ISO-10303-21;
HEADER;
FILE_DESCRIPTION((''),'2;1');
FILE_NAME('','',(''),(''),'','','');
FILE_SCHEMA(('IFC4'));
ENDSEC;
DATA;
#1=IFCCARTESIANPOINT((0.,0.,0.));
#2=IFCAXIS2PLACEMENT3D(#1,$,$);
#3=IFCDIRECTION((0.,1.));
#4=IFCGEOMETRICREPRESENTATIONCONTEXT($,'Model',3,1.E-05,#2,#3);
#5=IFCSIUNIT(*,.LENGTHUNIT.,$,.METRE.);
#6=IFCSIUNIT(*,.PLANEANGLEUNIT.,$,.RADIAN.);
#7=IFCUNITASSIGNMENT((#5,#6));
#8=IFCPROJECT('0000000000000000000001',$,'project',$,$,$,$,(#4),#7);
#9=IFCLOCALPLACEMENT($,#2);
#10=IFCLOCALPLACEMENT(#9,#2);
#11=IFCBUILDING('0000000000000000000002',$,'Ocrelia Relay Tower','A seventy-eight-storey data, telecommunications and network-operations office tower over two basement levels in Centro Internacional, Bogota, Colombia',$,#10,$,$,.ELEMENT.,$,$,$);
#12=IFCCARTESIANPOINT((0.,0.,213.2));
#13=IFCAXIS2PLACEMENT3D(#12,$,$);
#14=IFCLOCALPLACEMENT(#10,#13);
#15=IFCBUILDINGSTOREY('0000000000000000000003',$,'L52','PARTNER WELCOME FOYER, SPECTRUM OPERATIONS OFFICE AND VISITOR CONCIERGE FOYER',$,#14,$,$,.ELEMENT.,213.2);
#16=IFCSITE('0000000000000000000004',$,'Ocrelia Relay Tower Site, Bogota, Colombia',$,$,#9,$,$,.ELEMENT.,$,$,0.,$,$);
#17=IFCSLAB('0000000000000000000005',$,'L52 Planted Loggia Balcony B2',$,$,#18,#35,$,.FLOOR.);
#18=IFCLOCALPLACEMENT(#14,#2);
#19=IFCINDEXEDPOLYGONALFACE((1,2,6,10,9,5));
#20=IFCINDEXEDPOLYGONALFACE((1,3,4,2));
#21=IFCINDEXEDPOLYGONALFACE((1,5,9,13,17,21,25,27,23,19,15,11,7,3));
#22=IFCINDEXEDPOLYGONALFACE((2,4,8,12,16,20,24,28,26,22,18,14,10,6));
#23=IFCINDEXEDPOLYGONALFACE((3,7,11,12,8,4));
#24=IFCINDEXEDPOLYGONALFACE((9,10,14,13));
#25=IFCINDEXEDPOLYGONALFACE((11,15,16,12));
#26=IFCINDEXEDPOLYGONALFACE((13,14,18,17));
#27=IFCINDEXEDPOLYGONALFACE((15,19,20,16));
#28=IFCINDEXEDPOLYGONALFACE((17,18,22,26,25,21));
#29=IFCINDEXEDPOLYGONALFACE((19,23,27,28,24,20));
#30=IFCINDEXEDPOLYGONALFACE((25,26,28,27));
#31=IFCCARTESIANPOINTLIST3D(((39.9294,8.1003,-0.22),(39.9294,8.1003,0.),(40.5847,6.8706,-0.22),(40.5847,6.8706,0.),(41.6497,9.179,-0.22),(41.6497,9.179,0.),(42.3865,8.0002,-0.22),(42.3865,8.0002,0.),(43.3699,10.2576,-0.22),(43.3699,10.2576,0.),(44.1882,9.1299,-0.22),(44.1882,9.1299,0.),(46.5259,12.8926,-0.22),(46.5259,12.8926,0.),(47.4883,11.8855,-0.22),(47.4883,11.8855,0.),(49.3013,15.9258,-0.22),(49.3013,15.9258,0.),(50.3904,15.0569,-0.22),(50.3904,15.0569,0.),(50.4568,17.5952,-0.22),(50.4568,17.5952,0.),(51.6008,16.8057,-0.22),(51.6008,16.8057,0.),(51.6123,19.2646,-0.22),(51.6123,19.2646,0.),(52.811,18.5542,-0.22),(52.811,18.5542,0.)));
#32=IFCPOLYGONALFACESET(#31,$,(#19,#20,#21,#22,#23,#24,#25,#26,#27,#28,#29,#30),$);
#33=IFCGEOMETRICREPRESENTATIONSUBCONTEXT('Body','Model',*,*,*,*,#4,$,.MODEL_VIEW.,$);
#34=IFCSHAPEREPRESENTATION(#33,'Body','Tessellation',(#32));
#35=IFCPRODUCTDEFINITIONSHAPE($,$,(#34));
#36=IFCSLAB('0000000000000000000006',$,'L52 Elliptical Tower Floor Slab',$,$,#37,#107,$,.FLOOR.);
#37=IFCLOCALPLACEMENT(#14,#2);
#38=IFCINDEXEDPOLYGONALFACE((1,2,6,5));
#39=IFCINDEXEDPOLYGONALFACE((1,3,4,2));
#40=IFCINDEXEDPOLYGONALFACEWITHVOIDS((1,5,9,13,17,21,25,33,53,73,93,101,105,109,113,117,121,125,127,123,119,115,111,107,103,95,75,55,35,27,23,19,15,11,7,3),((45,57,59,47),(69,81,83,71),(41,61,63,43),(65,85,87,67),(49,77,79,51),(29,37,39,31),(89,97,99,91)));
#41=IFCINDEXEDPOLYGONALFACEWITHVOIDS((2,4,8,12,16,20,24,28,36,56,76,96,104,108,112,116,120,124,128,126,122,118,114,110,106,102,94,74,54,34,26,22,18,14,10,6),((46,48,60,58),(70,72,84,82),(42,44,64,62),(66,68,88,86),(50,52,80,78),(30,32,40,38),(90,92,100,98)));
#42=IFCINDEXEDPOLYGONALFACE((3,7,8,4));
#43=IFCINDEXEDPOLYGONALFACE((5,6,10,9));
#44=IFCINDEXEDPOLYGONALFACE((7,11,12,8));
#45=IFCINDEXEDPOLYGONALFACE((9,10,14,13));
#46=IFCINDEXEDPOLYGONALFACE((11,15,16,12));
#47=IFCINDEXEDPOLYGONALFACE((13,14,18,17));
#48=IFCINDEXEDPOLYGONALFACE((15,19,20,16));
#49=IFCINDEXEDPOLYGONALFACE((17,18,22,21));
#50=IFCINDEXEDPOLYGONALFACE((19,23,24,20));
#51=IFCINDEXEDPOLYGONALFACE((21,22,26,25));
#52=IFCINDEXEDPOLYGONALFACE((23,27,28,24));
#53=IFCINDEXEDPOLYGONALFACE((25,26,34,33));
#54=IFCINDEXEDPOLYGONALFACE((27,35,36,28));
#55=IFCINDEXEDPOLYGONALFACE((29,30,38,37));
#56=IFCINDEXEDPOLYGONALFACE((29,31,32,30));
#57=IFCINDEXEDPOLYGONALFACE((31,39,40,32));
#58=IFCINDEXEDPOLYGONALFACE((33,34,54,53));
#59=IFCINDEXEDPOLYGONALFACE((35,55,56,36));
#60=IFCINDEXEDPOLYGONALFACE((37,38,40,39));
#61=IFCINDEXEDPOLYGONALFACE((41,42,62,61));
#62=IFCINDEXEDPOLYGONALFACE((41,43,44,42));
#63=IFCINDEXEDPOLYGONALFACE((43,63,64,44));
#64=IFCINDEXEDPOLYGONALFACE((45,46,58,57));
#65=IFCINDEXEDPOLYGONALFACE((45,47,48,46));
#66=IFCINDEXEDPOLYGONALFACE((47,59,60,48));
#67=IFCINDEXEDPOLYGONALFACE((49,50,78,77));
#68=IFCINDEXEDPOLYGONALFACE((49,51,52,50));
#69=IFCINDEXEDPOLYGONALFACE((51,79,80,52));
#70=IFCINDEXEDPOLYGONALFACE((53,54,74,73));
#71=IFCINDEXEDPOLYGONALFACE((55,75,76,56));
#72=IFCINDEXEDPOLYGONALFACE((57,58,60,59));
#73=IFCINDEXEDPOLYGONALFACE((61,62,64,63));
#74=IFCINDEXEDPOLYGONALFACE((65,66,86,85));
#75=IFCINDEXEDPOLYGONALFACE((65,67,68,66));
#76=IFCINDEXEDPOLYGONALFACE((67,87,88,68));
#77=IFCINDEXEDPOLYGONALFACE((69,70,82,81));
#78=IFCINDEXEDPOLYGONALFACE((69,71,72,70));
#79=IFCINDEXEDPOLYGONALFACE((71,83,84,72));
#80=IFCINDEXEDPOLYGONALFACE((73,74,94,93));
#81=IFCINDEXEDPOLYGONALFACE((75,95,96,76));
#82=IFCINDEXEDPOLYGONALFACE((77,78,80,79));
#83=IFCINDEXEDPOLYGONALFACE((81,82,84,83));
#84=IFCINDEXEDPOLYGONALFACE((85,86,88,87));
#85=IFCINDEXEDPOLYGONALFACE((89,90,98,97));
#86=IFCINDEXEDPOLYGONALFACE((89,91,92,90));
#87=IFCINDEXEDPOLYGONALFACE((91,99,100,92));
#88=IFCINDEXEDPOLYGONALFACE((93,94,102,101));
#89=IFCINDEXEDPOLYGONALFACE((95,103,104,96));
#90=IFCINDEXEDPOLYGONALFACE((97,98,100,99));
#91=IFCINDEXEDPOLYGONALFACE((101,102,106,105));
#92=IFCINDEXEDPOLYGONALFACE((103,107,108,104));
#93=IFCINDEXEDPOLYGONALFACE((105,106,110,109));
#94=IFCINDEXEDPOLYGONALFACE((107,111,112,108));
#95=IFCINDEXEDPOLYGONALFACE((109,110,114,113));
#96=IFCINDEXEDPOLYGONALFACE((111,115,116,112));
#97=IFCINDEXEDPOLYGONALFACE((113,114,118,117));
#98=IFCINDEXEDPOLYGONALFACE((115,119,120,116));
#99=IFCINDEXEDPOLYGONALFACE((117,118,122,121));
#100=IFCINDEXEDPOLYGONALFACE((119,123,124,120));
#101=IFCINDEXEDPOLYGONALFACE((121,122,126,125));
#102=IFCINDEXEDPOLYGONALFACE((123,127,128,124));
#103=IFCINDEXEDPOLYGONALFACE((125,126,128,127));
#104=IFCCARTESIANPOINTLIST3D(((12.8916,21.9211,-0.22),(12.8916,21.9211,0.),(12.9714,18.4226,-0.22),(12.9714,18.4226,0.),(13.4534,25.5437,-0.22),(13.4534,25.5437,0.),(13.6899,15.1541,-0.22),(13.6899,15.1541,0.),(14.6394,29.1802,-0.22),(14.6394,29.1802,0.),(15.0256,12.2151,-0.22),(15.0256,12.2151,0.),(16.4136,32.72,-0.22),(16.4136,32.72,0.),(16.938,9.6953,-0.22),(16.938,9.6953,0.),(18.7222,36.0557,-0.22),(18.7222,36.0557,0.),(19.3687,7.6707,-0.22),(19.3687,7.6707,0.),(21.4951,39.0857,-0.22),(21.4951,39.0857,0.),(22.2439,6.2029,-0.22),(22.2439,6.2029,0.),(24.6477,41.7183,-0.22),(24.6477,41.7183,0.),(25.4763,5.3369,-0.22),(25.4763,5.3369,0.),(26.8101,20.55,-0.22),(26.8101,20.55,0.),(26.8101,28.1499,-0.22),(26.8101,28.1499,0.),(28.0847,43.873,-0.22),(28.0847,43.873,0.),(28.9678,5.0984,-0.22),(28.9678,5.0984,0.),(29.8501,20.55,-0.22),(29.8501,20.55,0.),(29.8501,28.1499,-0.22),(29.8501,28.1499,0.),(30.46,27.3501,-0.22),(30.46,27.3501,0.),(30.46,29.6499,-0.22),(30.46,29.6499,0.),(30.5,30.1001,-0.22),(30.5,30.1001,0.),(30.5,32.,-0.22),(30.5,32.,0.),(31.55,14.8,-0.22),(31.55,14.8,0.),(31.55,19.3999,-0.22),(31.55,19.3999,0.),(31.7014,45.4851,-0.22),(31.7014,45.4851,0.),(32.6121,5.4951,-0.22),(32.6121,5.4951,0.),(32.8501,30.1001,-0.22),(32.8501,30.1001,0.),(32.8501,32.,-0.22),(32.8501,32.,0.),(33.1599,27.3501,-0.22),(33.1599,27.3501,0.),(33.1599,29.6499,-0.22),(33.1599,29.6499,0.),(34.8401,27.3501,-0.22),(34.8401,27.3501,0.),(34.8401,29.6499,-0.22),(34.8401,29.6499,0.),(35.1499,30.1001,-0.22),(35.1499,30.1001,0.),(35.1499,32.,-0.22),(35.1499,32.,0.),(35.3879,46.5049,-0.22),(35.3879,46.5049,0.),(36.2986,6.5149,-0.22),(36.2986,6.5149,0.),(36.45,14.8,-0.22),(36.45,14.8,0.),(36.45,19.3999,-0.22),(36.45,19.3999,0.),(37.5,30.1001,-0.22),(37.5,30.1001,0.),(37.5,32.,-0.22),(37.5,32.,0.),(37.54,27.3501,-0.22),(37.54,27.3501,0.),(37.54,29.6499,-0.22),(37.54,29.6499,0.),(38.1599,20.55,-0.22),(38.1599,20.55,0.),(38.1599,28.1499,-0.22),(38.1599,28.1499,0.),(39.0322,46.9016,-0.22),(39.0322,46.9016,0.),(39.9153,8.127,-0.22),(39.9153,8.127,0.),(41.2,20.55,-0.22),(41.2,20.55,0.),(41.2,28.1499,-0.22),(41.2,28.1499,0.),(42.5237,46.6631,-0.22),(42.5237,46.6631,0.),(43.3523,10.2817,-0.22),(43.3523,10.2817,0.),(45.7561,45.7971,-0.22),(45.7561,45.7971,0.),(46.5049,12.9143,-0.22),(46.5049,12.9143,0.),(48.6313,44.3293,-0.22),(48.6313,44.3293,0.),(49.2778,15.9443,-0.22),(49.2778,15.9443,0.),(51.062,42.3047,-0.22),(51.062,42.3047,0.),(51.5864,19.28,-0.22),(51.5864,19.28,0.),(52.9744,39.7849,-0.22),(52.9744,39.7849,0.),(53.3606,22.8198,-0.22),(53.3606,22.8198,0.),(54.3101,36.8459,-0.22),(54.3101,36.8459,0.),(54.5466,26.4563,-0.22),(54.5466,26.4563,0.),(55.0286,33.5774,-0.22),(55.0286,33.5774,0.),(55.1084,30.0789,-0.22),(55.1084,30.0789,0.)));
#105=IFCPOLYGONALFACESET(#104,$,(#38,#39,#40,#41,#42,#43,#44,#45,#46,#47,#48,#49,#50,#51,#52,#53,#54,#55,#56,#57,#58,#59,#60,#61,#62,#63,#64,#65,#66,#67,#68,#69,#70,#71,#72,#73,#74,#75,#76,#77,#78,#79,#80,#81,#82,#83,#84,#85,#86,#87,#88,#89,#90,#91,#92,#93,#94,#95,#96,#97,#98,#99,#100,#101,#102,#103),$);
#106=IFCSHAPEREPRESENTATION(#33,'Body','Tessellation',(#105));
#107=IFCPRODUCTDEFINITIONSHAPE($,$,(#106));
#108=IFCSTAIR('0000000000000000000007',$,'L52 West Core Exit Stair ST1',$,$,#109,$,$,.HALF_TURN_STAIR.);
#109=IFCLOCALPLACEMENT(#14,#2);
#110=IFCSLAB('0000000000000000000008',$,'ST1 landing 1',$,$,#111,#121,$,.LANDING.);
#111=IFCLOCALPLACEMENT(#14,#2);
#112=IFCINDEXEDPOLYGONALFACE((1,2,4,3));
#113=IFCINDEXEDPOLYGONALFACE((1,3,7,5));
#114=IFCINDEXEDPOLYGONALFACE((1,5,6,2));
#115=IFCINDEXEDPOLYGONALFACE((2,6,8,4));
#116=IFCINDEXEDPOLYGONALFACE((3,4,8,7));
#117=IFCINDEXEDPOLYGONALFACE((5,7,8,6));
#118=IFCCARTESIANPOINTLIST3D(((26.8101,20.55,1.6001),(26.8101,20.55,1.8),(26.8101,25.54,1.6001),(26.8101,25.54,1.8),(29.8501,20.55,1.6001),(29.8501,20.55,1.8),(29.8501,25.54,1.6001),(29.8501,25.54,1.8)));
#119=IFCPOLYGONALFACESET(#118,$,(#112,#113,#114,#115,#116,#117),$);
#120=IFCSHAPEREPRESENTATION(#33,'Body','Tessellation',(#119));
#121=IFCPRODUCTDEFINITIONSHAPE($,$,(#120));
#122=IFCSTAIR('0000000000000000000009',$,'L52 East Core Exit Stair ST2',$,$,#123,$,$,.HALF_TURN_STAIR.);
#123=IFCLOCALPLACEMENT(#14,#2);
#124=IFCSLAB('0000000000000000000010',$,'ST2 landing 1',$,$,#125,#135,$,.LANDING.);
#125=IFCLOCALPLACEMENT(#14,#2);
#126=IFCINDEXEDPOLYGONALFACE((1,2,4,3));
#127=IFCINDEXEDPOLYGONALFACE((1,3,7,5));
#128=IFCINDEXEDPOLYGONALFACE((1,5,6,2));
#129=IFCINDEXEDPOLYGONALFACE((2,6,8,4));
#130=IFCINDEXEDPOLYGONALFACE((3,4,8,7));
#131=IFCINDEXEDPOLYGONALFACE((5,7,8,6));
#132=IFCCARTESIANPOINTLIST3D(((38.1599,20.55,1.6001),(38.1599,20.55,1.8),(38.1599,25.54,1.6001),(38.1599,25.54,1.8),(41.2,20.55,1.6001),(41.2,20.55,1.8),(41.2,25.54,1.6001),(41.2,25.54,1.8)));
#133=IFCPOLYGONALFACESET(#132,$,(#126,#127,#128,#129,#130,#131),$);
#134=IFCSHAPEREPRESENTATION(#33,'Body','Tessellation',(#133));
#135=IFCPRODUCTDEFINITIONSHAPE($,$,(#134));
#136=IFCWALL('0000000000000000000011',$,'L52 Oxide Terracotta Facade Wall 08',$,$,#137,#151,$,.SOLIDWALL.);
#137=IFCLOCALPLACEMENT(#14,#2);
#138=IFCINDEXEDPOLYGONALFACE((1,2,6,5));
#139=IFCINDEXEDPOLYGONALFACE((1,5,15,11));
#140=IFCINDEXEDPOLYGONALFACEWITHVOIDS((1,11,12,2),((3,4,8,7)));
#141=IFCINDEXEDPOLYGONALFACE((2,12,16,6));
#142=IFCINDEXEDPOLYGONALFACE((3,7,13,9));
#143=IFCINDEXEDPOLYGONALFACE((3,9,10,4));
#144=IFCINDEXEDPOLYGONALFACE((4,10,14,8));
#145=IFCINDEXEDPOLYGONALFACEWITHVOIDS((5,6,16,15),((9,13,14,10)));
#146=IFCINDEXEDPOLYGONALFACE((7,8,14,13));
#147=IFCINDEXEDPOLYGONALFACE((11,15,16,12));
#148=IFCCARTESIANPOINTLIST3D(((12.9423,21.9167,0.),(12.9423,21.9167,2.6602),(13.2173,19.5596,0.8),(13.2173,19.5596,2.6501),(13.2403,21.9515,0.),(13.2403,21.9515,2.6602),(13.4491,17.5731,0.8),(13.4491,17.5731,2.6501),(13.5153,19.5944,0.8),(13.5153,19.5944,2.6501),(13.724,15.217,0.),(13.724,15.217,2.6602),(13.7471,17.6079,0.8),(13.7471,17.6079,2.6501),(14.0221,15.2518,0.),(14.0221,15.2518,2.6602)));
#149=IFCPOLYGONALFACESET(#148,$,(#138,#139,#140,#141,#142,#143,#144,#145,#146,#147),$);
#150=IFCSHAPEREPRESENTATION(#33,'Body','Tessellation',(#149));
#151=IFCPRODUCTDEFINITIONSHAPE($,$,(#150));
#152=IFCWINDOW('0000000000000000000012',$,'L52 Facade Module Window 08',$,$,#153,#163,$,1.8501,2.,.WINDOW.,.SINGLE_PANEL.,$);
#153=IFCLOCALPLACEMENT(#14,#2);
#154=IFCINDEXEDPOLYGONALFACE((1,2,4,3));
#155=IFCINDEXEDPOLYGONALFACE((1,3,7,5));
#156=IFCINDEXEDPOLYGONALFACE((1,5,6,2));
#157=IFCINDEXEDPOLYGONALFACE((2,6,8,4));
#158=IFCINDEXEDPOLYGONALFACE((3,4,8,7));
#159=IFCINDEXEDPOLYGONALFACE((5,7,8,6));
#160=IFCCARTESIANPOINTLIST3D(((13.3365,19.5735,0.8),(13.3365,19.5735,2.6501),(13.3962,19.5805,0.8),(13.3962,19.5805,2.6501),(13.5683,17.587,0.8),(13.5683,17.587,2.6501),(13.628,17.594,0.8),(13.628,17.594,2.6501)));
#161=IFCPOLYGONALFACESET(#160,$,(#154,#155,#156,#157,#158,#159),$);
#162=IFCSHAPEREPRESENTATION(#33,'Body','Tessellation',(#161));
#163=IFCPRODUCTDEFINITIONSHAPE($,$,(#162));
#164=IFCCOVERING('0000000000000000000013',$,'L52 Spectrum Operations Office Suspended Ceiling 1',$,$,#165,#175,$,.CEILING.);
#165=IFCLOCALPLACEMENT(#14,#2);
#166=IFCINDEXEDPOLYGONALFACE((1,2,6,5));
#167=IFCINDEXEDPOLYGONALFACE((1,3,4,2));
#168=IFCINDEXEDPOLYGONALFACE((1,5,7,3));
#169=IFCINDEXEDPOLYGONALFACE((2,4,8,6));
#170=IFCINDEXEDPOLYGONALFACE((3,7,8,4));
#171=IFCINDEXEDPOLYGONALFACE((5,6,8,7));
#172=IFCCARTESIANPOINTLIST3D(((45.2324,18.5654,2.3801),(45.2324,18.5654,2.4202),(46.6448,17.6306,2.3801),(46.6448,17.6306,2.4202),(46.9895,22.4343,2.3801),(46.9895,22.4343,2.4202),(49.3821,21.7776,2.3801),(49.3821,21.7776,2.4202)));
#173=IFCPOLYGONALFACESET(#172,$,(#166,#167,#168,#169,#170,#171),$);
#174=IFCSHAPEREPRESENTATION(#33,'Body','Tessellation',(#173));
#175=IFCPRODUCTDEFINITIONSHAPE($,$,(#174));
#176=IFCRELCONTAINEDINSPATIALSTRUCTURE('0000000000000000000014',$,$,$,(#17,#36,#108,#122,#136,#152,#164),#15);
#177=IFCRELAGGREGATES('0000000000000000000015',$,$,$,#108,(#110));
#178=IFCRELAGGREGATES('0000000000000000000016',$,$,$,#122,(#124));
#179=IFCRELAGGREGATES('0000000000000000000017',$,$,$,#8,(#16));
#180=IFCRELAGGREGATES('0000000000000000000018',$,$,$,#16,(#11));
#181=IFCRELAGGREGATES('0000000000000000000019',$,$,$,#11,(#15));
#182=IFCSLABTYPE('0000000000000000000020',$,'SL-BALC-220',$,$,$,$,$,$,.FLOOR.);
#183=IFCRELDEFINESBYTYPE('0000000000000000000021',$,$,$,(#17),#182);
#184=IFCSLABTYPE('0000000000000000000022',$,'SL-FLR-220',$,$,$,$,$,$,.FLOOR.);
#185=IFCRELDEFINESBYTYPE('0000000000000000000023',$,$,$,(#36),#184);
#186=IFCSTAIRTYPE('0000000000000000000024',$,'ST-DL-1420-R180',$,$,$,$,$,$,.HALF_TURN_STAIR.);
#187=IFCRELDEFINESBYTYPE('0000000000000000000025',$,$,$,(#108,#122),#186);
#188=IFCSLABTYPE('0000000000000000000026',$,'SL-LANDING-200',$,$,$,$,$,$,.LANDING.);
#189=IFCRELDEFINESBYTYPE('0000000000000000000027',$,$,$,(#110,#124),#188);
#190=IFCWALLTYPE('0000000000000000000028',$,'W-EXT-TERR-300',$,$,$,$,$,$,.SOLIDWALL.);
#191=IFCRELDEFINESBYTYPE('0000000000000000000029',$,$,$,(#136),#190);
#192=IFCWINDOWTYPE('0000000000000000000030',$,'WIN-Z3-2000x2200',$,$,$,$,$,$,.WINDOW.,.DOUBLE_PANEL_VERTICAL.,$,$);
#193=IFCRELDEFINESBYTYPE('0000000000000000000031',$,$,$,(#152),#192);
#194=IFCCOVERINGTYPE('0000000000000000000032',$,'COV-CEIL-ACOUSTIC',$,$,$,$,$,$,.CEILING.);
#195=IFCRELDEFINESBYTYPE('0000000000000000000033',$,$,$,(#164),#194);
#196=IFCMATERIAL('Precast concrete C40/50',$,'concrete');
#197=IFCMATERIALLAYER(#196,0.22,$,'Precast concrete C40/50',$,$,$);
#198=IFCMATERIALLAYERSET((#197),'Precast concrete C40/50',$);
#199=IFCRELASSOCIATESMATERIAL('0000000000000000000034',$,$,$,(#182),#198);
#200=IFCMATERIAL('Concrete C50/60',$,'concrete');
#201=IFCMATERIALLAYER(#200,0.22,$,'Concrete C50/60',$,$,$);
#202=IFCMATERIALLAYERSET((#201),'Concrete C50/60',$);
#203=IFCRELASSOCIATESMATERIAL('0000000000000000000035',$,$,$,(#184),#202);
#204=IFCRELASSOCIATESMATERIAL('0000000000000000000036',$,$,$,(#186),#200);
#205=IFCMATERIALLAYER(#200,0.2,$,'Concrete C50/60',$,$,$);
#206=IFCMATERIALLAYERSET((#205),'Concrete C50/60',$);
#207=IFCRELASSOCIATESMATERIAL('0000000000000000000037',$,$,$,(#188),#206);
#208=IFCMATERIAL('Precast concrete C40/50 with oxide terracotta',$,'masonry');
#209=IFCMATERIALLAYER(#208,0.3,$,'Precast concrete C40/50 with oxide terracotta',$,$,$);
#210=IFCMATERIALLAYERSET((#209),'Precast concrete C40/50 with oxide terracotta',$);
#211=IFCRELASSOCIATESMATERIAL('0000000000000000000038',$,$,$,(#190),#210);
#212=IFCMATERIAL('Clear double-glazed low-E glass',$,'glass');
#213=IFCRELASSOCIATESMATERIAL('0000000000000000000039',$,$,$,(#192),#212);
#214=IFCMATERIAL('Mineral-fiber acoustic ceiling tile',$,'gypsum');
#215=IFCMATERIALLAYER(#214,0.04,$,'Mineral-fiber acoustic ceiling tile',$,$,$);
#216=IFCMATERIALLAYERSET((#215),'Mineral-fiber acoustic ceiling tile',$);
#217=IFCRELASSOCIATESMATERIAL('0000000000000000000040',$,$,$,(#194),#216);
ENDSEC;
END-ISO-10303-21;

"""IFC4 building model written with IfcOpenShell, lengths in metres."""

from ifc_helpers import new_model, si_unit, direction, frame, frame_2d, origin, place, context, subcontext, project, spatial, polyline, rectangle, outline, extrude, material, layer, layer_set, type_object, element, fill, aggregate, save


model = new_model("IFC4")

# Units and contexts
model_context = context("Model", 3, precision=1e-05, world=origin(), true_north=direction((0.0, 1.0)))
body_context = subcontext(model_context, "Body", "Model", "MODEL_VIEW")
ifc_project = project(units=[si_unit("LENGTHUNIT", "METRE"), si_unit("PLANEANGLEUNIT", "RADIAN")], contexts=[model_context])

# Site, building, storey
site_placement = place(None, origin())
site = spatial("IfcSite", under=ifc_project, at=site_placement, Name="Ocrelia Relay Tower Site, Bogota, Colombia", CompositionType="ELEMENT", RefElevation=0.0)
building_placement = place(site_placement, origin())
building = spatial("IfcBuilding", under=site, at=building_placement, Name="Ocrelia Relay Tower", Description="A seventy-eight-storey data, telecommunications and network-operations office tower over two basement levels in Centro Internacional, Bogota, Colombia", CompositionType="ELEMENT")
storey_placement = place(building_placement, frame((0.0, 0.0, 213.2)))
storey = spatial("IfcBuildingStorey", under=building, at=storey_placement, Name="L52", Description="PARTNER WELCOME FOYER, SPECTRUM OPERATIONS OFFICE AND VISITOR CONCIERGE FOYER", CompositionType="ELEMENT", Elevation=213.2)

# Shared definitions
ifc_material_1 = material(Name="Clear double-glazed low-E glass", Category="glass")

# Slabs
ifc_material_2 = material(Name="Precast concrete C40/50", Category="concrete")
ifc_layer_1 = layer(ifc_material_2, 0.22, Name="Precast concrete C40/50")
ifc_layer_set_1 = layer_set([ifc_layer_1], Name="Precast concrete C40/50")
slab_type_1 = type_object("IfcSlabType", Name="SL-BALC-220", PredefinedType="FLOOR", material=ifc_layer_set_1)
slab_1_placement = place(storey_placement, frame((0.0, 0.0, -0.22)))
element("IfcSlab", 1, at=slab_1_placement, inside=storey, type_object=slab_type_1, Name="L52 Planted Loggia Balcony B2", PredefinedType="FLOOR", context=body_context, shape_type="SweptSolid", body=[
    extrude(outline(polyline([(39.9294, 8.1003), (41.6497, 9.179), (43.3699, 10.2576), (46.5259, 12.8926), (49.3013, 15.9258), (50.4568, 17.5952), (51.6123, 19.2646), (52.811, 18.5542), (51.6008, 16.8057), (50.3904, 15.0569), (47.4883, 11.8855), (44.1882, 9.1299), (42.3865, 8.0002), (40.5847, 6.8706), (39.9294, 8.1003)])), origin(), (0.0, 0.0, 1.0), 0.22),
])
ifc_material_3 = material(Name="Concrete C50/60", Category="concrete")
ifc_layer_2 = layer(ifc_material_3, 0.22, Name="Concrete C50/60")
ifc_layer_set_2 = layer_set([ifc_layer_2], Name="Concrete C50/60")
slab_type_2 = type_object("IfcSlabType", Name="SL-FLR-220", PredefinedType="FLOOR", material=ifc_layer_set_2)
slab_2_placement = place(storey_placement, frame((0.0, 0.0, -0.22)))
element("IfcSlab", 2, at=slab_2_placement, inside=storey, type_object=slab_type_2, Name="L52 Elliptical Tower Floor Slab", PredefinedType="FLOOR", context=body_context, shape_type="SweptSolid", body=[
    extrude(outline(polyline([(51.062, 42.3047), (48.6313, 44.3293), (45.7561, 45.7971), (42.5237, 46.6631), (39.0322, 46.9016), (35.3879, 46.5049), (31.7014, 45.4851), (28.0847, 43.873), (24.6477, 41.7183), (21.4951, 39.0857), (18.7222, 36.0557), (16.4136, 32.72), (14.6394, 29.1802), (13.4534, 25.5437), (12.8916, 21.9211), (12.9714, 18.4226), (13.6899, 15.1541), (15.0256, 12.2151), (16.938, 9.6953), (19.3687, 7.6707), (22.2439, 6.2029), (25.4763, 5.3369), (28.9678, 5.0984), (32.6121, 5.4951), (36.2986, 6.5149), (39.9153, 8.127), (43.3523, 10.2817), (46.5049, 12.9143), (49.2778, 15.9443), (51.5864, 19.28), (53.3606, 22.8198), (54.5466, 26.4563), (55.1084, 30.0789), (55.0286, 33.5774), (54.3101, 36.8459), (52.9744, 39.7849), (51.062, 42.3047)]), holes=[polyline([(26.8101, 28.1499), (26.8101, 20.55), (29.8501, 20.55), (29.8501, 28.1499), (26.8101, 28.1499)]), polyline([(38.1599, 28.1499), (38.1599, 20.55), (41.2, 20.55), (41.2, 28.1499), (38.1599, 28.1499)]), polyline([(30.46, 27.3501), (33.1599, 27.3501), (33.1599, 29.6499), (30.46, 29.6499), (30.46, 27.3501)]), polyline([(34.8401, 27.3501), (37.54, 27.3501), (37.54, 29.6499), (34.8401, 29.6499), (34.8401, 27.3501)]), polyline([(30.5, 30.1001), (32.8501, 30.1001), (32.8501, 32.0), (30.5, 32.0), (30.5, 30.1001)]), polyline([(35.1499, 30.1001), (37.5, 30.1001), (37.5, 32.0), (35.1499, 32.0), (35.1499, 30.1001)]), polyline([(31.55, 14.8), (36.45, 14.8), (36.45, 19.3999), (31.55, 19.3999), (31.55, 14.8)])]), origin(), (0.0, 0.0, 1.0), 0.22),
])

# Stairs, slabs
stair_type = type_object("IfcStairType", Name="ST-DL-1420-R180", PredefinedType="HALF_TURN_STAIR", material=ifc_material_3)
stair_1_placement = place(storey_placement, origin())
stair_1 = element("IfcStair", 3, at=stair_1_placement, inside=storey, type_object=stair_type, Name="L52 West Core Exit Stair ST1", PredefinedType="HALF_TURN_STAIR")
ifc_layer_3 = layer(ifc_material_3, 0.2, Name="Concrete C50/60")
ifc_layer_set_3 = layer_set([ifc_layer_3], Name="Concrete C50/60")
slab_type_3 = type_object("IfcSlabType", Name="SL-LANDING-200", PredefinedType="LANDING", material=ifc_layer_set_3)
slab_3_placement = place(storey_placement, frame((0.0, 0.0, 1.6001)))
slab_3 = element("IfcSlab", 4, at=slab_3_placement, type_object=slab_type_3, Name="ST1 landing 1", PredefinedType="LANDING", context=body_context, shape_type="SweptSolid", body=[
    extrude(outline(polyline([(26.8101, 25.54), (26.8101, 20.55), (29.8501, 20.55), (29.8501, 25.54), (26.8101, 25.54)])), origin(), (0.0, 0.0, 1.0), 0.2),
])
aggregate(stair_1, [slab_3])
stair_2_placement = place(storey_placement, origin())
stair_2 = element("IfcStair", 5, at=stair_2_placement, inside=storey, type_object=stair_type, Name="L52 East Core Exit Stair ST2", PredefinedType="HALF_TURN_STAIR")
slab_4_placement = place(storey_placement, frame((0.0, 0.0, 1.6001)))
slab_4 = element("IfcSlab", 6, at=slab_4_placement, type_object=slab_type_3, Name="ST2 landing 1", PredefinedType="LANDING", context=body_context, shape_type="SweptSolid", body=[
    extrude(outline(polyline([(38.1599, 25.54), (38.1599, 20.55), (41.2, 20.55), (41.2, 25.54), (38.1599, 25.54)])), origin(), (0.0, 0.0, 1.0), 0.2),
])
aggregate(stair_2, [slab_4])

# Wall, opening, window
ifc_material_4 = material(Name="Precast concrete C40/50 with oxide terracotta", Category="masonry")
ifc_layer_4 = layer(ifc_material_4, 0.3, Name="Precast concrete C40/50 with oxide terracotta")
ifc_layer_set_4 = layer_set([ifc_layer_4], Name="Precast concrete C40/50 with oxide terracotta")
wall_type = type_object("IfcWallType", Name="W-EXT-TERR-300", PredefinedType="SOLIDWALL", material=ifc_layer_set_4)
wall_placement = place(storey_placement, frame((13.0913, 21.9341, 0.0), z_axis=(0.0, 0.0, 1.0), x_axis=(0.115896, -0.993261, 0.0)))
wall = element("IfcWall", 7, at=wall_placement, inside=storey, type_object=wall_type, Name="L52 Oxide Terracotta Facade Wall 08", PredefinedType="SOLIDWALL", context=body_context, shape_type="SweptSolid", body=[
    extrude(rectangle(XDim=6.7451, YDim=0.3, at=frame_2d((3.3726, 0.0))), origin(), (0.0, 0.0, 1.0), 2.6602),
])
opening_placement = place(wall_placement, frame((2.373, 0.0, 0.8)))
opening = element("IfcOpeningElement", 8, at=opening_placement, cuts=wall, PredefinedType="OPENING", context=body_context, shape_type="SweptSolid", body=[
    extrude(rectangle(XDim=2.0, YDim=1.8501, at=frame_2d((1.0, 0.925))), frame((0.0, 0.1602, 0.0), z_axis=(0.0, -1.0, 0.0), x_axis=(1.0, 0.0, 0.0)), (0.0, 0.0, 1.0), 0.3201),
])
window_type = type_object("IfcWindowType", Name="WIN-Z3-2000x2200", PartitioningType="DOUBLE_PANEL_VERTICAL", PredefinedType="WINDOW", material=ifc_material_1)
window_placement = place(opening_placement, origin())
window = element("IfcWindow", 9, at=window_placement, inside=storey, type_object=window_type, Name="L52 Facade Module Window 08", OverallHeight=1.8501, OverallWidth=2.0, PartitioningType="SINGLE_PANEL", PredefinedType="WINDOW", context=body_context, shape_type="SweptSolid", body=[
    extrude(rectangle(XDim=2.0, YDim=1.8501, at=frame_2d((1.0, 0.925))), frame((0.0, 0.03, 0.0), z_axis=(0.0, -1.0, 0.0), x_axis=(1.0, 0.0, 0.0)), (0.0, 0.0, 1.0), 0.0601),
])
fill(opening, window)

# Covering
ifc_material_5 = material(Name="Mineral-fiber acoustic ceiling tile", Category="gypsum")
ifc_layer_5 = layer(ifc_material_5, 0.04, Name="Mineral-fiber acoustic ceiling tile")
ifc_layer_set_5 = layer_set([ifc_layer_5], Name="Mineral-fiber acoustic ceiling tile")
covering_type = type_object("IfcCoveringType", Name="COV-CEIL-ACOUSTIC", PredefinedType="CEILING", material=ifc_layer_set_5)
covering_1_placement = place(storey_placement, frame((0.0, 0.0, 2.3801)))
element("IfcCovering", 10, at=covering_1_placement, inside=storey, type_object=covering_type, Name="L52 Spectrum Operations Office Suspended Ceiling 1", PredefinedType="CEILING", context=body_context, shape_type="SweptSolid", body=[
    extrude(outline(polyline([(45.2324, 18.5654), (46.6448, 17.6306), (49.3821, 21.7776), (46.9895, 22.4343), (45.2324, 18.5654)])), origin(), (0.0, 0.0, 1.0), 0.04),
])

save(model, "model.ifc")
